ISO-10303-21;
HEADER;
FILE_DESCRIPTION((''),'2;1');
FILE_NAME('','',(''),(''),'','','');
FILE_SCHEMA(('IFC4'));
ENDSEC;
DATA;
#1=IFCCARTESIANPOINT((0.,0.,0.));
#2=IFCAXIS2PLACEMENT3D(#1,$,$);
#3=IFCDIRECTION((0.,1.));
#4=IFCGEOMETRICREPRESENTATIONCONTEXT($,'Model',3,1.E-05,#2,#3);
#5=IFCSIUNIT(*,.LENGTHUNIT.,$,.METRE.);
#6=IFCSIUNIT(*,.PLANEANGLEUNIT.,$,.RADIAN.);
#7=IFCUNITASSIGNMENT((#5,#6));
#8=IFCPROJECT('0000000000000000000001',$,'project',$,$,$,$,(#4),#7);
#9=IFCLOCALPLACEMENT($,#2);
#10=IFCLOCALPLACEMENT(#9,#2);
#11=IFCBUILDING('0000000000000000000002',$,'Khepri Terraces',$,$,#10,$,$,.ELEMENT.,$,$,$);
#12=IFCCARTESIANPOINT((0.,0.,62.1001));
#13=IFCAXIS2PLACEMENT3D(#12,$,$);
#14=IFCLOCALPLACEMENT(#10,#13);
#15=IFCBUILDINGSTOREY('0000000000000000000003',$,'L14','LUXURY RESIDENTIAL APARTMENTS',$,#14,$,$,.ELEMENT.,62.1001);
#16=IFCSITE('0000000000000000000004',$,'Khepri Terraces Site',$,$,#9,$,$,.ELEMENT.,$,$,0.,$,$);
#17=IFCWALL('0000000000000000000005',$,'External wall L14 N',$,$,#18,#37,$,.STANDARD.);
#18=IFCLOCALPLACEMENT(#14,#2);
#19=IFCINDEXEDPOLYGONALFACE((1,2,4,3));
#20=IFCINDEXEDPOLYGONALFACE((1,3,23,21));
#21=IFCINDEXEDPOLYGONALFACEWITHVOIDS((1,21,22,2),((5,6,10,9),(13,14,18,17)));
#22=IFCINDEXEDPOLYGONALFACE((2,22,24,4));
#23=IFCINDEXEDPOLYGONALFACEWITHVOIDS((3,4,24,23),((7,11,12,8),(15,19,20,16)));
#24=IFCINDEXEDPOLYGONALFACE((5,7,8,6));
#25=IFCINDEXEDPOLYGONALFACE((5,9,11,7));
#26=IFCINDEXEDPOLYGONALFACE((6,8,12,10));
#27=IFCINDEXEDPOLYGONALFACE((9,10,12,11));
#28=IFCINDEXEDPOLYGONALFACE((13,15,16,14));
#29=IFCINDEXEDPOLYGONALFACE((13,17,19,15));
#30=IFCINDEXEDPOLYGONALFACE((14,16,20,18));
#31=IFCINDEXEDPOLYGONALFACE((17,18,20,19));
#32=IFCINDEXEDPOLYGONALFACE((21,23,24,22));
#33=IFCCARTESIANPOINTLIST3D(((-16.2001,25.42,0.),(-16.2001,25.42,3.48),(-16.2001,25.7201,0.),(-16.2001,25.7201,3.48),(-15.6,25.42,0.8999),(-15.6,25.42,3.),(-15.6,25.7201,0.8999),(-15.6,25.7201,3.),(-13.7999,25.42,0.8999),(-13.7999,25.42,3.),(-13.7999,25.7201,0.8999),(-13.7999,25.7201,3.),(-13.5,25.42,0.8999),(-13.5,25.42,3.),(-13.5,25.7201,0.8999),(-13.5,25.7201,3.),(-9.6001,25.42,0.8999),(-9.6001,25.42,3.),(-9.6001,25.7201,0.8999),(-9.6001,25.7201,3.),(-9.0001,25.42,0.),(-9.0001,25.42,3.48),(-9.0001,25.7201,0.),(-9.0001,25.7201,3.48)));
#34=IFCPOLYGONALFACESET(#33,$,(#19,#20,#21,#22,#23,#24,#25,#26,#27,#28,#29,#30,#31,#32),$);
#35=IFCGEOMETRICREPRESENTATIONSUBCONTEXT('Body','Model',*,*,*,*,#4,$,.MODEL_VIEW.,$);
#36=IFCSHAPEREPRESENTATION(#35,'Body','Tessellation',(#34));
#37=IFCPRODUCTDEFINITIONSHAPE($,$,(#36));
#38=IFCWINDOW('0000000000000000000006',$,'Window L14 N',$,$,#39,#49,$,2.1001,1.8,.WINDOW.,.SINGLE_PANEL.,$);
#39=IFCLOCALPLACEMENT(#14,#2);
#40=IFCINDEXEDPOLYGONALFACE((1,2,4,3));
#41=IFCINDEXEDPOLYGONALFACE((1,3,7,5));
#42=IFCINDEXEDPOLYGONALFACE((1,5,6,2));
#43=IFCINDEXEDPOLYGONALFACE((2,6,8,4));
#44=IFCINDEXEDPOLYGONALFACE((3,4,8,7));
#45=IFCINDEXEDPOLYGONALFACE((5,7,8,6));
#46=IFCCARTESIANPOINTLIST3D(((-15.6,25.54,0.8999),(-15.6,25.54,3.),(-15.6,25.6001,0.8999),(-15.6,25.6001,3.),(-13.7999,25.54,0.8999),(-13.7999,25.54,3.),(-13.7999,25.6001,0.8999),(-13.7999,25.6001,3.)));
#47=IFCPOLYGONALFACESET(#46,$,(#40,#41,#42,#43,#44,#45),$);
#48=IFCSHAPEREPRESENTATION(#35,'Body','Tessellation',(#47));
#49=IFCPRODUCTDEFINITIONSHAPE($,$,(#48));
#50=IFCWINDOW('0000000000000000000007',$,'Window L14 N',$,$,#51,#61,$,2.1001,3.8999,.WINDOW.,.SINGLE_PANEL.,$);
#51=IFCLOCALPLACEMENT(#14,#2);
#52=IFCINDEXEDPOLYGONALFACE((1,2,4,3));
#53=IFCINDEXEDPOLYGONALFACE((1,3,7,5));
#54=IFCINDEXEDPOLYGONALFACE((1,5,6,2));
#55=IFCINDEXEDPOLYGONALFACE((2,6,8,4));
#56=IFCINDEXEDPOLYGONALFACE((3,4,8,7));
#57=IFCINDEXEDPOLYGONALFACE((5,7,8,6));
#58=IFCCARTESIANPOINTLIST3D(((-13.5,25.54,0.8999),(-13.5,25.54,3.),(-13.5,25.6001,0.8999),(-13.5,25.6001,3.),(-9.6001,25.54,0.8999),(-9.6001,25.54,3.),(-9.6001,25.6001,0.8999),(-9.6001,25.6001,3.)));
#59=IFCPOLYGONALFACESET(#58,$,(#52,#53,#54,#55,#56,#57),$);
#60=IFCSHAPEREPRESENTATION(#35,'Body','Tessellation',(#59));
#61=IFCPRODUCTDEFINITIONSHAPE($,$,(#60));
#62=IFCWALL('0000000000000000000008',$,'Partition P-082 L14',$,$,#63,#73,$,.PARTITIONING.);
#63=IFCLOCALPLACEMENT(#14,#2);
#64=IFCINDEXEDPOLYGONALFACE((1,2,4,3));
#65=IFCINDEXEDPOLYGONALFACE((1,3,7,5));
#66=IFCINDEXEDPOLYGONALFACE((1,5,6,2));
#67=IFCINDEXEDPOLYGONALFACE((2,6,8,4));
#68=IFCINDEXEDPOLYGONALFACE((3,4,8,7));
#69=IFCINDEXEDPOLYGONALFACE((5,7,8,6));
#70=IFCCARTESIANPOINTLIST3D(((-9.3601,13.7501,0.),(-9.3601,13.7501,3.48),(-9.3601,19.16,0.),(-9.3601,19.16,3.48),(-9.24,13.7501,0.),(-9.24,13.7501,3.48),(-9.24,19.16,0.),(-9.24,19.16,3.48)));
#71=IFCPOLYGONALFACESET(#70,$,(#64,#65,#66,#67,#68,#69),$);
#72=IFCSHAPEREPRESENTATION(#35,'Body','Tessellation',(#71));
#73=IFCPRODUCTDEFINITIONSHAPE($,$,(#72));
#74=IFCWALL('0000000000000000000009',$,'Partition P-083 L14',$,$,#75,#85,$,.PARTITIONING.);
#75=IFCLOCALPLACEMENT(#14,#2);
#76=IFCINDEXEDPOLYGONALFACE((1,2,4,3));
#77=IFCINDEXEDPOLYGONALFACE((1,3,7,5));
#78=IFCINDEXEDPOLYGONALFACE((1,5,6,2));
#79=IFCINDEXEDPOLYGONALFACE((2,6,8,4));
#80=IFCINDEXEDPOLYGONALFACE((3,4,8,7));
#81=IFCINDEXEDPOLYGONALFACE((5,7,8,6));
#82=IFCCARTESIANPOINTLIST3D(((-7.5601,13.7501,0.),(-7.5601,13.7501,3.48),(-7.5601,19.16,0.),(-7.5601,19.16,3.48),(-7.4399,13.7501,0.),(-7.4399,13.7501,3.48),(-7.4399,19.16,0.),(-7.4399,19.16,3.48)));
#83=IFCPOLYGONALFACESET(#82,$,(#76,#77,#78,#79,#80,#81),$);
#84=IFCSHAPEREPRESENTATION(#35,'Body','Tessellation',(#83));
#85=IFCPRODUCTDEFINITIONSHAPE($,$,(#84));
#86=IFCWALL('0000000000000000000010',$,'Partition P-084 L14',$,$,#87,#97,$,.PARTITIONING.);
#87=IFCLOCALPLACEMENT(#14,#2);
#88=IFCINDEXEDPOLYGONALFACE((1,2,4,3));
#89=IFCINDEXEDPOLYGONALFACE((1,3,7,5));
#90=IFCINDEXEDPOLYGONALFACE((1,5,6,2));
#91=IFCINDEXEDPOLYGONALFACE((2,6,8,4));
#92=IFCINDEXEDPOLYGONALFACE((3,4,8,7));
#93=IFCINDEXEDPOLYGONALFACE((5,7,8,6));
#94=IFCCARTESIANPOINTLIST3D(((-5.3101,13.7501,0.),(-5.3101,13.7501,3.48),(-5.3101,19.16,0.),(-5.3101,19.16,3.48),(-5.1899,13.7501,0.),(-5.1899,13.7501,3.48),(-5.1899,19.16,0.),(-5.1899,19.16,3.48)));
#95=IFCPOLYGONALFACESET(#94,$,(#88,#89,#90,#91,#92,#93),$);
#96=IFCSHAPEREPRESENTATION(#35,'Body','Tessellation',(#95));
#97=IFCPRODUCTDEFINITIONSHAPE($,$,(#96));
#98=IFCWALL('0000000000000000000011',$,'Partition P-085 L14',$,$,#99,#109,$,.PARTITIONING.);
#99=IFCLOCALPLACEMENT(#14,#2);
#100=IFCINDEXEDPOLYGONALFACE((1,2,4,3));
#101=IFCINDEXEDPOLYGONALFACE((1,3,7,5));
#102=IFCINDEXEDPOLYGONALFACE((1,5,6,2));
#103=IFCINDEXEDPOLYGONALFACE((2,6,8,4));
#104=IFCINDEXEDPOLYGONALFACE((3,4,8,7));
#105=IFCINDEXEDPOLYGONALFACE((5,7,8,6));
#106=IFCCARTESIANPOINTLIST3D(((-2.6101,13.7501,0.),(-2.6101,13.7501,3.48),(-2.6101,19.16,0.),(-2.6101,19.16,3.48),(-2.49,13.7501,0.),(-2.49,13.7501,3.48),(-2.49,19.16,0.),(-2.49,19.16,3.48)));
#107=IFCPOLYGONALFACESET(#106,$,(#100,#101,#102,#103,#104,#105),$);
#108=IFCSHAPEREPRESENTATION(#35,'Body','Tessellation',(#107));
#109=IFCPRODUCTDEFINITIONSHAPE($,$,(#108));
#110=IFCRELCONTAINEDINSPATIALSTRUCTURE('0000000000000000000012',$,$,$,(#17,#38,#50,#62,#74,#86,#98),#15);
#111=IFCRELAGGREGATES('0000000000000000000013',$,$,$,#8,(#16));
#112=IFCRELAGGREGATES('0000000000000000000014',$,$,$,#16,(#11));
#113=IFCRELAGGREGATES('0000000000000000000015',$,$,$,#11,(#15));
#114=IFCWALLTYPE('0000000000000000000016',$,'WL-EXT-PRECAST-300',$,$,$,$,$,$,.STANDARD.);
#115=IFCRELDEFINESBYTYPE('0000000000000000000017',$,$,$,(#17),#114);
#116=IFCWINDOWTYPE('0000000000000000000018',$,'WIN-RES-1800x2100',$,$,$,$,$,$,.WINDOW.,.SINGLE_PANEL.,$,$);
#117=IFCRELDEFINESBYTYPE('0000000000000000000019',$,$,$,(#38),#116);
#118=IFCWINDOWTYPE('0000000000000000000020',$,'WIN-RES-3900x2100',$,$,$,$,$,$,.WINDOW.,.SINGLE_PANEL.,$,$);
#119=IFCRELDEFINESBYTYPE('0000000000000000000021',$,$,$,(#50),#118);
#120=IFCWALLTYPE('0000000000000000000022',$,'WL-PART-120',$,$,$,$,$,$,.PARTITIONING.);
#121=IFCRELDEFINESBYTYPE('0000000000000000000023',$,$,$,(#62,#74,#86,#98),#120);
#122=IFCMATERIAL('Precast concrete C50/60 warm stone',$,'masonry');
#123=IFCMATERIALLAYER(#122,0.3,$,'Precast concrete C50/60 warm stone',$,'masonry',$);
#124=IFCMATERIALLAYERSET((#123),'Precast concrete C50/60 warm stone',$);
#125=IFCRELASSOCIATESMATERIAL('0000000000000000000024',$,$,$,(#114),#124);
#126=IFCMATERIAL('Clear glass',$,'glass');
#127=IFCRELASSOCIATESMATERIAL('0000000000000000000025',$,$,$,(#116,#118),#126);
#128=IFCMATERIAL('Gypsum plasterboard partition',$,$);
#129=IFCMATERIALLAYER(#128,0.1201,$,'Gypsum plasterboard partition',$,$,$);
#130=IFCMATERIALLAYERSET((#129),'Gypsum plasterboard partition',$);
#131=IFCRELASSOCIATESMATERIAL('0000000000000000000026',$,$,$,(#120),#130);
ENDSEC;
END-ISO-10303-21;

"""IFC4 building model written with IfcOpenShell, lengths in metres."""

from ifc_helpers import new_model, si_unit, direction, frame, frame_2d, origin, place, context, subcontext, project, spatial, rectangle, extrude, material, layer, layer_set, type_object, element, fill, save


model = new_model("IFC4")

# Units and contexts
model_context = context("Model", 3, precision=1e-05, world=origin(), true_north=direction((0.0, 1.0)))
body_context = subcontext(model_context, "Body", "Model", "MODEL_VIEW")
ifc_project = project(units=[si_unit("LENGTHUNIT", "METRE"), si_unit("PLANEANGLEUNIT", "RADIAN")], contexts=[model_context])

# Site, building, storey
site_placement = place(None, origin())
site = spatial("IfcSite", under=ifc_project, at=site_placement, Name="Khepri Terraces Site", CompositionType="ELEMENT", RefElevation=0.0)
building_placement = place(site_placement, origin())
building = spatial("IfcBuilding", under=site, at=building_placement, Name="Khepri Terraces", CompositionType="ELEMENT")
storey_placement = place(building_placement, frame((0.0, 0.0, 62.1001)))
storey = spatial("IfcBuildingStorey", under=building, at=storey_placement, Name="L14", Description="LUXURY RESIDENTIAL APARTMENTS", CompositionType="ELEMENT", Elevation=62.1001)

# Wall, openings, windows
ifc_material_1 = material(Name="Precast concrete C50/60 warm stone", Category="masonry")
ifc_layer_1 = layer(ifc_material_1, 0.3, Name="Precast concrete C50/60 warm stone", Category="masonry")
ifc_layer_set_1 = layer_set([ifc_layer_1], Name="Precast concrete C50/60 warm stone")
wall_type_1 = type_object("IfcWallType", Name="WL-EXT-PRECAST-300", PredefinedType="STANDARD", material=ifc_layer_set_1)
ifc_material_2 = material(Name="Clear glass", Category="glass")
window_type_1 = type_object("IfcWindowType", Name="WIN-RES-1800x2100", PartitioningType="SINGLE_PANEL", PredefinedType="WINDOW", material=ifc_material_2)
window_type_2 = type_object("IfcWindowType", Name="WIN-RES-3900x2100", PartitioningType="SINGLE_PANEL", PredefinedType="WINDOW", material=ifc_material_2)
wall_1_placement = place(storey_placement, frame((-9.0, 25.5701, 0.0), z_axis=(0.0, 0.0, 1.0), x_axis=(-1.0, 0.0, 0.0)))
wall_1 = element("IfcWall", 1, at=wall_1_placement, inside=storey, type_object=wall_type_1, Name="External wall L14 N", PredefinedType="STANDARD", context=body_context, shape_type="SweptSolid", body=[
    extrude(rectangle(XDim=7.2, YDim=0.3, at=frame_2d((3.6001, 0.0))), origin(), (0.0, 0.0, 1.0), 3.48),
])
opening_1_placement = place(wall_1_placement, frame((0.6001, 0.0, 0.8999)))
opening_1 = element("IfcOpeningElement", 2, at=opening_1_placement, cuts=wall_1, PredefinedType="OPENING", context=body_context, shape_type="SweptSolid", body=[
    extrude(rectangle(XDim=3.8999, YDim=2.1001, at=frame_2d((1.95, 1.05))), frame((0.0, 0.1602, 0.0), z_axis=(0.0, -1.0, 0.0), x_axis=(1.0, 0.0, 0.0)), (0.0, 0.0, 1.0), 0.3201),
])
opening_2_placement = place(wall_1_placement, frame((4.8, 0.0, 0.8999)))
opening_2 = element("IfcOpeningElement", 3, at=opening_2_placement, cuts=wall_1, PredefinedType="OPENING", context=body_context, shape_type="SweptSolid", body=[
    extrude(rectangle(XDim=1.8, YDim=2.1001, at=frame_2d((0.8999, 1.05))), frame((0.0, 0.1602, 0.0), z_axis=(0.0, -1.0, 0.0), x_axis=(1.0, 0.0, 0.0)), (0.0, 0.0, 1.0), 0.3201),
])
window_1_placement = place(opening_2_placement, origin())
window_1 = element("IfcWindow", 4, at=window_1_placement, inside=storey, type_object=window_type_1, Name="Window L14 N", OverallHeight=2.1001, OverallWidth=1.8, PartitioningType="SINGLE_PANEL", PredefinedType="WINDOW", context=body_context, shape_type="SweptSolid", body=[
    extrude(rectangle(XDim=1.8, YDim=2.1001, at=frame_2d((0.8999, 1.05))), frame((0.0, 0.03, 0.0), z_axis=(0.0, -1.0, 0.0), x_axis=(1.0, 0.0, 0.0)), (0.0, 0.0, 1.0), 0.0601),
])
fill(opening_2, window_1)
window_2_placement = place(opening_1_placement, origin())
window_2 = element("IfcWindow", 5, at=window_2_placement, inside=storey, type_object=window_type_2, Name="Window L14 N", OverallHeight=2.1001, OverallWidth=3.8999, PartitioningType="SINGLE_PANEL", PredefinedType="WINDOW", context=body_context, shape_type="SweptSolid", body=[
    extrude(rectangle(XDim=3.8999, YDim=2.1001, at=frame_2d((1.95, 1.05))), frame((0.0, 0.03, 0.0), z_axis=(0.0, -1.0, 0.0), x_axis=(1.0, 0.0, 0.0)), (0.0, 0.0, 1.0), 0.0601),
])
fill(opening_1, window_2)

# Walls
ifc_material_3 = material(Name="Gypsum plasterboard partition")
ifc_layer_2 = layer(ifc_material_3, 0.1201, Name="Gypsum plasterboard partition")
ifc_layer_set_2 = layer_set([ifc_layer_2], Name="Gypsum plasterboard partition")
wall_type_2 = type_object("IfcWallType", Name="WL-PART-120", PredefinedType="PARTITIONING", material=ifc_layer_set_2)
for number, where, z_axis, x_axis, name in (
    (6, (-9.3, 13.75, 0.0), (0.0, 0.0, 1.0), (0.0, 1.0, 0.0), "Partition P-082 L14"),
    (7, (-7.5, 13.75, 0.0), (0.0, 0.0, 1.0), (0.0, 1.0, 0.0), "Partition P-083 L14"),
    (8, (-5.25, 13.75, 0.0), (0.0, 0.0, 1.0), (0.0, 1.0, 0.0), "Partition P-084 L14"),
    (9, (-2.55, 13.75, 0.0), (0.0, 0.0, 1.0), (0.0, 1.0, 0.0), "Partition P-085 L14"),
):
    element("IfcWall", number, at=place(storey_placement, frame(where, z_axis=z_axis, x_axis=x_axis)), inside=storey, type_object=wall_type_2, Name=name, PredefinedType="PARTITIONING", context=body_context, shape_type="SweptSolid", body=[
        extrude(rectangle(XDim=5.4099, YDim=0.1201, at=frame_2d((2.7051, 0.0))), origin(), (0.0, 0.0, 1.0), 3.48),
    ])

save(model, "model.ifc")
